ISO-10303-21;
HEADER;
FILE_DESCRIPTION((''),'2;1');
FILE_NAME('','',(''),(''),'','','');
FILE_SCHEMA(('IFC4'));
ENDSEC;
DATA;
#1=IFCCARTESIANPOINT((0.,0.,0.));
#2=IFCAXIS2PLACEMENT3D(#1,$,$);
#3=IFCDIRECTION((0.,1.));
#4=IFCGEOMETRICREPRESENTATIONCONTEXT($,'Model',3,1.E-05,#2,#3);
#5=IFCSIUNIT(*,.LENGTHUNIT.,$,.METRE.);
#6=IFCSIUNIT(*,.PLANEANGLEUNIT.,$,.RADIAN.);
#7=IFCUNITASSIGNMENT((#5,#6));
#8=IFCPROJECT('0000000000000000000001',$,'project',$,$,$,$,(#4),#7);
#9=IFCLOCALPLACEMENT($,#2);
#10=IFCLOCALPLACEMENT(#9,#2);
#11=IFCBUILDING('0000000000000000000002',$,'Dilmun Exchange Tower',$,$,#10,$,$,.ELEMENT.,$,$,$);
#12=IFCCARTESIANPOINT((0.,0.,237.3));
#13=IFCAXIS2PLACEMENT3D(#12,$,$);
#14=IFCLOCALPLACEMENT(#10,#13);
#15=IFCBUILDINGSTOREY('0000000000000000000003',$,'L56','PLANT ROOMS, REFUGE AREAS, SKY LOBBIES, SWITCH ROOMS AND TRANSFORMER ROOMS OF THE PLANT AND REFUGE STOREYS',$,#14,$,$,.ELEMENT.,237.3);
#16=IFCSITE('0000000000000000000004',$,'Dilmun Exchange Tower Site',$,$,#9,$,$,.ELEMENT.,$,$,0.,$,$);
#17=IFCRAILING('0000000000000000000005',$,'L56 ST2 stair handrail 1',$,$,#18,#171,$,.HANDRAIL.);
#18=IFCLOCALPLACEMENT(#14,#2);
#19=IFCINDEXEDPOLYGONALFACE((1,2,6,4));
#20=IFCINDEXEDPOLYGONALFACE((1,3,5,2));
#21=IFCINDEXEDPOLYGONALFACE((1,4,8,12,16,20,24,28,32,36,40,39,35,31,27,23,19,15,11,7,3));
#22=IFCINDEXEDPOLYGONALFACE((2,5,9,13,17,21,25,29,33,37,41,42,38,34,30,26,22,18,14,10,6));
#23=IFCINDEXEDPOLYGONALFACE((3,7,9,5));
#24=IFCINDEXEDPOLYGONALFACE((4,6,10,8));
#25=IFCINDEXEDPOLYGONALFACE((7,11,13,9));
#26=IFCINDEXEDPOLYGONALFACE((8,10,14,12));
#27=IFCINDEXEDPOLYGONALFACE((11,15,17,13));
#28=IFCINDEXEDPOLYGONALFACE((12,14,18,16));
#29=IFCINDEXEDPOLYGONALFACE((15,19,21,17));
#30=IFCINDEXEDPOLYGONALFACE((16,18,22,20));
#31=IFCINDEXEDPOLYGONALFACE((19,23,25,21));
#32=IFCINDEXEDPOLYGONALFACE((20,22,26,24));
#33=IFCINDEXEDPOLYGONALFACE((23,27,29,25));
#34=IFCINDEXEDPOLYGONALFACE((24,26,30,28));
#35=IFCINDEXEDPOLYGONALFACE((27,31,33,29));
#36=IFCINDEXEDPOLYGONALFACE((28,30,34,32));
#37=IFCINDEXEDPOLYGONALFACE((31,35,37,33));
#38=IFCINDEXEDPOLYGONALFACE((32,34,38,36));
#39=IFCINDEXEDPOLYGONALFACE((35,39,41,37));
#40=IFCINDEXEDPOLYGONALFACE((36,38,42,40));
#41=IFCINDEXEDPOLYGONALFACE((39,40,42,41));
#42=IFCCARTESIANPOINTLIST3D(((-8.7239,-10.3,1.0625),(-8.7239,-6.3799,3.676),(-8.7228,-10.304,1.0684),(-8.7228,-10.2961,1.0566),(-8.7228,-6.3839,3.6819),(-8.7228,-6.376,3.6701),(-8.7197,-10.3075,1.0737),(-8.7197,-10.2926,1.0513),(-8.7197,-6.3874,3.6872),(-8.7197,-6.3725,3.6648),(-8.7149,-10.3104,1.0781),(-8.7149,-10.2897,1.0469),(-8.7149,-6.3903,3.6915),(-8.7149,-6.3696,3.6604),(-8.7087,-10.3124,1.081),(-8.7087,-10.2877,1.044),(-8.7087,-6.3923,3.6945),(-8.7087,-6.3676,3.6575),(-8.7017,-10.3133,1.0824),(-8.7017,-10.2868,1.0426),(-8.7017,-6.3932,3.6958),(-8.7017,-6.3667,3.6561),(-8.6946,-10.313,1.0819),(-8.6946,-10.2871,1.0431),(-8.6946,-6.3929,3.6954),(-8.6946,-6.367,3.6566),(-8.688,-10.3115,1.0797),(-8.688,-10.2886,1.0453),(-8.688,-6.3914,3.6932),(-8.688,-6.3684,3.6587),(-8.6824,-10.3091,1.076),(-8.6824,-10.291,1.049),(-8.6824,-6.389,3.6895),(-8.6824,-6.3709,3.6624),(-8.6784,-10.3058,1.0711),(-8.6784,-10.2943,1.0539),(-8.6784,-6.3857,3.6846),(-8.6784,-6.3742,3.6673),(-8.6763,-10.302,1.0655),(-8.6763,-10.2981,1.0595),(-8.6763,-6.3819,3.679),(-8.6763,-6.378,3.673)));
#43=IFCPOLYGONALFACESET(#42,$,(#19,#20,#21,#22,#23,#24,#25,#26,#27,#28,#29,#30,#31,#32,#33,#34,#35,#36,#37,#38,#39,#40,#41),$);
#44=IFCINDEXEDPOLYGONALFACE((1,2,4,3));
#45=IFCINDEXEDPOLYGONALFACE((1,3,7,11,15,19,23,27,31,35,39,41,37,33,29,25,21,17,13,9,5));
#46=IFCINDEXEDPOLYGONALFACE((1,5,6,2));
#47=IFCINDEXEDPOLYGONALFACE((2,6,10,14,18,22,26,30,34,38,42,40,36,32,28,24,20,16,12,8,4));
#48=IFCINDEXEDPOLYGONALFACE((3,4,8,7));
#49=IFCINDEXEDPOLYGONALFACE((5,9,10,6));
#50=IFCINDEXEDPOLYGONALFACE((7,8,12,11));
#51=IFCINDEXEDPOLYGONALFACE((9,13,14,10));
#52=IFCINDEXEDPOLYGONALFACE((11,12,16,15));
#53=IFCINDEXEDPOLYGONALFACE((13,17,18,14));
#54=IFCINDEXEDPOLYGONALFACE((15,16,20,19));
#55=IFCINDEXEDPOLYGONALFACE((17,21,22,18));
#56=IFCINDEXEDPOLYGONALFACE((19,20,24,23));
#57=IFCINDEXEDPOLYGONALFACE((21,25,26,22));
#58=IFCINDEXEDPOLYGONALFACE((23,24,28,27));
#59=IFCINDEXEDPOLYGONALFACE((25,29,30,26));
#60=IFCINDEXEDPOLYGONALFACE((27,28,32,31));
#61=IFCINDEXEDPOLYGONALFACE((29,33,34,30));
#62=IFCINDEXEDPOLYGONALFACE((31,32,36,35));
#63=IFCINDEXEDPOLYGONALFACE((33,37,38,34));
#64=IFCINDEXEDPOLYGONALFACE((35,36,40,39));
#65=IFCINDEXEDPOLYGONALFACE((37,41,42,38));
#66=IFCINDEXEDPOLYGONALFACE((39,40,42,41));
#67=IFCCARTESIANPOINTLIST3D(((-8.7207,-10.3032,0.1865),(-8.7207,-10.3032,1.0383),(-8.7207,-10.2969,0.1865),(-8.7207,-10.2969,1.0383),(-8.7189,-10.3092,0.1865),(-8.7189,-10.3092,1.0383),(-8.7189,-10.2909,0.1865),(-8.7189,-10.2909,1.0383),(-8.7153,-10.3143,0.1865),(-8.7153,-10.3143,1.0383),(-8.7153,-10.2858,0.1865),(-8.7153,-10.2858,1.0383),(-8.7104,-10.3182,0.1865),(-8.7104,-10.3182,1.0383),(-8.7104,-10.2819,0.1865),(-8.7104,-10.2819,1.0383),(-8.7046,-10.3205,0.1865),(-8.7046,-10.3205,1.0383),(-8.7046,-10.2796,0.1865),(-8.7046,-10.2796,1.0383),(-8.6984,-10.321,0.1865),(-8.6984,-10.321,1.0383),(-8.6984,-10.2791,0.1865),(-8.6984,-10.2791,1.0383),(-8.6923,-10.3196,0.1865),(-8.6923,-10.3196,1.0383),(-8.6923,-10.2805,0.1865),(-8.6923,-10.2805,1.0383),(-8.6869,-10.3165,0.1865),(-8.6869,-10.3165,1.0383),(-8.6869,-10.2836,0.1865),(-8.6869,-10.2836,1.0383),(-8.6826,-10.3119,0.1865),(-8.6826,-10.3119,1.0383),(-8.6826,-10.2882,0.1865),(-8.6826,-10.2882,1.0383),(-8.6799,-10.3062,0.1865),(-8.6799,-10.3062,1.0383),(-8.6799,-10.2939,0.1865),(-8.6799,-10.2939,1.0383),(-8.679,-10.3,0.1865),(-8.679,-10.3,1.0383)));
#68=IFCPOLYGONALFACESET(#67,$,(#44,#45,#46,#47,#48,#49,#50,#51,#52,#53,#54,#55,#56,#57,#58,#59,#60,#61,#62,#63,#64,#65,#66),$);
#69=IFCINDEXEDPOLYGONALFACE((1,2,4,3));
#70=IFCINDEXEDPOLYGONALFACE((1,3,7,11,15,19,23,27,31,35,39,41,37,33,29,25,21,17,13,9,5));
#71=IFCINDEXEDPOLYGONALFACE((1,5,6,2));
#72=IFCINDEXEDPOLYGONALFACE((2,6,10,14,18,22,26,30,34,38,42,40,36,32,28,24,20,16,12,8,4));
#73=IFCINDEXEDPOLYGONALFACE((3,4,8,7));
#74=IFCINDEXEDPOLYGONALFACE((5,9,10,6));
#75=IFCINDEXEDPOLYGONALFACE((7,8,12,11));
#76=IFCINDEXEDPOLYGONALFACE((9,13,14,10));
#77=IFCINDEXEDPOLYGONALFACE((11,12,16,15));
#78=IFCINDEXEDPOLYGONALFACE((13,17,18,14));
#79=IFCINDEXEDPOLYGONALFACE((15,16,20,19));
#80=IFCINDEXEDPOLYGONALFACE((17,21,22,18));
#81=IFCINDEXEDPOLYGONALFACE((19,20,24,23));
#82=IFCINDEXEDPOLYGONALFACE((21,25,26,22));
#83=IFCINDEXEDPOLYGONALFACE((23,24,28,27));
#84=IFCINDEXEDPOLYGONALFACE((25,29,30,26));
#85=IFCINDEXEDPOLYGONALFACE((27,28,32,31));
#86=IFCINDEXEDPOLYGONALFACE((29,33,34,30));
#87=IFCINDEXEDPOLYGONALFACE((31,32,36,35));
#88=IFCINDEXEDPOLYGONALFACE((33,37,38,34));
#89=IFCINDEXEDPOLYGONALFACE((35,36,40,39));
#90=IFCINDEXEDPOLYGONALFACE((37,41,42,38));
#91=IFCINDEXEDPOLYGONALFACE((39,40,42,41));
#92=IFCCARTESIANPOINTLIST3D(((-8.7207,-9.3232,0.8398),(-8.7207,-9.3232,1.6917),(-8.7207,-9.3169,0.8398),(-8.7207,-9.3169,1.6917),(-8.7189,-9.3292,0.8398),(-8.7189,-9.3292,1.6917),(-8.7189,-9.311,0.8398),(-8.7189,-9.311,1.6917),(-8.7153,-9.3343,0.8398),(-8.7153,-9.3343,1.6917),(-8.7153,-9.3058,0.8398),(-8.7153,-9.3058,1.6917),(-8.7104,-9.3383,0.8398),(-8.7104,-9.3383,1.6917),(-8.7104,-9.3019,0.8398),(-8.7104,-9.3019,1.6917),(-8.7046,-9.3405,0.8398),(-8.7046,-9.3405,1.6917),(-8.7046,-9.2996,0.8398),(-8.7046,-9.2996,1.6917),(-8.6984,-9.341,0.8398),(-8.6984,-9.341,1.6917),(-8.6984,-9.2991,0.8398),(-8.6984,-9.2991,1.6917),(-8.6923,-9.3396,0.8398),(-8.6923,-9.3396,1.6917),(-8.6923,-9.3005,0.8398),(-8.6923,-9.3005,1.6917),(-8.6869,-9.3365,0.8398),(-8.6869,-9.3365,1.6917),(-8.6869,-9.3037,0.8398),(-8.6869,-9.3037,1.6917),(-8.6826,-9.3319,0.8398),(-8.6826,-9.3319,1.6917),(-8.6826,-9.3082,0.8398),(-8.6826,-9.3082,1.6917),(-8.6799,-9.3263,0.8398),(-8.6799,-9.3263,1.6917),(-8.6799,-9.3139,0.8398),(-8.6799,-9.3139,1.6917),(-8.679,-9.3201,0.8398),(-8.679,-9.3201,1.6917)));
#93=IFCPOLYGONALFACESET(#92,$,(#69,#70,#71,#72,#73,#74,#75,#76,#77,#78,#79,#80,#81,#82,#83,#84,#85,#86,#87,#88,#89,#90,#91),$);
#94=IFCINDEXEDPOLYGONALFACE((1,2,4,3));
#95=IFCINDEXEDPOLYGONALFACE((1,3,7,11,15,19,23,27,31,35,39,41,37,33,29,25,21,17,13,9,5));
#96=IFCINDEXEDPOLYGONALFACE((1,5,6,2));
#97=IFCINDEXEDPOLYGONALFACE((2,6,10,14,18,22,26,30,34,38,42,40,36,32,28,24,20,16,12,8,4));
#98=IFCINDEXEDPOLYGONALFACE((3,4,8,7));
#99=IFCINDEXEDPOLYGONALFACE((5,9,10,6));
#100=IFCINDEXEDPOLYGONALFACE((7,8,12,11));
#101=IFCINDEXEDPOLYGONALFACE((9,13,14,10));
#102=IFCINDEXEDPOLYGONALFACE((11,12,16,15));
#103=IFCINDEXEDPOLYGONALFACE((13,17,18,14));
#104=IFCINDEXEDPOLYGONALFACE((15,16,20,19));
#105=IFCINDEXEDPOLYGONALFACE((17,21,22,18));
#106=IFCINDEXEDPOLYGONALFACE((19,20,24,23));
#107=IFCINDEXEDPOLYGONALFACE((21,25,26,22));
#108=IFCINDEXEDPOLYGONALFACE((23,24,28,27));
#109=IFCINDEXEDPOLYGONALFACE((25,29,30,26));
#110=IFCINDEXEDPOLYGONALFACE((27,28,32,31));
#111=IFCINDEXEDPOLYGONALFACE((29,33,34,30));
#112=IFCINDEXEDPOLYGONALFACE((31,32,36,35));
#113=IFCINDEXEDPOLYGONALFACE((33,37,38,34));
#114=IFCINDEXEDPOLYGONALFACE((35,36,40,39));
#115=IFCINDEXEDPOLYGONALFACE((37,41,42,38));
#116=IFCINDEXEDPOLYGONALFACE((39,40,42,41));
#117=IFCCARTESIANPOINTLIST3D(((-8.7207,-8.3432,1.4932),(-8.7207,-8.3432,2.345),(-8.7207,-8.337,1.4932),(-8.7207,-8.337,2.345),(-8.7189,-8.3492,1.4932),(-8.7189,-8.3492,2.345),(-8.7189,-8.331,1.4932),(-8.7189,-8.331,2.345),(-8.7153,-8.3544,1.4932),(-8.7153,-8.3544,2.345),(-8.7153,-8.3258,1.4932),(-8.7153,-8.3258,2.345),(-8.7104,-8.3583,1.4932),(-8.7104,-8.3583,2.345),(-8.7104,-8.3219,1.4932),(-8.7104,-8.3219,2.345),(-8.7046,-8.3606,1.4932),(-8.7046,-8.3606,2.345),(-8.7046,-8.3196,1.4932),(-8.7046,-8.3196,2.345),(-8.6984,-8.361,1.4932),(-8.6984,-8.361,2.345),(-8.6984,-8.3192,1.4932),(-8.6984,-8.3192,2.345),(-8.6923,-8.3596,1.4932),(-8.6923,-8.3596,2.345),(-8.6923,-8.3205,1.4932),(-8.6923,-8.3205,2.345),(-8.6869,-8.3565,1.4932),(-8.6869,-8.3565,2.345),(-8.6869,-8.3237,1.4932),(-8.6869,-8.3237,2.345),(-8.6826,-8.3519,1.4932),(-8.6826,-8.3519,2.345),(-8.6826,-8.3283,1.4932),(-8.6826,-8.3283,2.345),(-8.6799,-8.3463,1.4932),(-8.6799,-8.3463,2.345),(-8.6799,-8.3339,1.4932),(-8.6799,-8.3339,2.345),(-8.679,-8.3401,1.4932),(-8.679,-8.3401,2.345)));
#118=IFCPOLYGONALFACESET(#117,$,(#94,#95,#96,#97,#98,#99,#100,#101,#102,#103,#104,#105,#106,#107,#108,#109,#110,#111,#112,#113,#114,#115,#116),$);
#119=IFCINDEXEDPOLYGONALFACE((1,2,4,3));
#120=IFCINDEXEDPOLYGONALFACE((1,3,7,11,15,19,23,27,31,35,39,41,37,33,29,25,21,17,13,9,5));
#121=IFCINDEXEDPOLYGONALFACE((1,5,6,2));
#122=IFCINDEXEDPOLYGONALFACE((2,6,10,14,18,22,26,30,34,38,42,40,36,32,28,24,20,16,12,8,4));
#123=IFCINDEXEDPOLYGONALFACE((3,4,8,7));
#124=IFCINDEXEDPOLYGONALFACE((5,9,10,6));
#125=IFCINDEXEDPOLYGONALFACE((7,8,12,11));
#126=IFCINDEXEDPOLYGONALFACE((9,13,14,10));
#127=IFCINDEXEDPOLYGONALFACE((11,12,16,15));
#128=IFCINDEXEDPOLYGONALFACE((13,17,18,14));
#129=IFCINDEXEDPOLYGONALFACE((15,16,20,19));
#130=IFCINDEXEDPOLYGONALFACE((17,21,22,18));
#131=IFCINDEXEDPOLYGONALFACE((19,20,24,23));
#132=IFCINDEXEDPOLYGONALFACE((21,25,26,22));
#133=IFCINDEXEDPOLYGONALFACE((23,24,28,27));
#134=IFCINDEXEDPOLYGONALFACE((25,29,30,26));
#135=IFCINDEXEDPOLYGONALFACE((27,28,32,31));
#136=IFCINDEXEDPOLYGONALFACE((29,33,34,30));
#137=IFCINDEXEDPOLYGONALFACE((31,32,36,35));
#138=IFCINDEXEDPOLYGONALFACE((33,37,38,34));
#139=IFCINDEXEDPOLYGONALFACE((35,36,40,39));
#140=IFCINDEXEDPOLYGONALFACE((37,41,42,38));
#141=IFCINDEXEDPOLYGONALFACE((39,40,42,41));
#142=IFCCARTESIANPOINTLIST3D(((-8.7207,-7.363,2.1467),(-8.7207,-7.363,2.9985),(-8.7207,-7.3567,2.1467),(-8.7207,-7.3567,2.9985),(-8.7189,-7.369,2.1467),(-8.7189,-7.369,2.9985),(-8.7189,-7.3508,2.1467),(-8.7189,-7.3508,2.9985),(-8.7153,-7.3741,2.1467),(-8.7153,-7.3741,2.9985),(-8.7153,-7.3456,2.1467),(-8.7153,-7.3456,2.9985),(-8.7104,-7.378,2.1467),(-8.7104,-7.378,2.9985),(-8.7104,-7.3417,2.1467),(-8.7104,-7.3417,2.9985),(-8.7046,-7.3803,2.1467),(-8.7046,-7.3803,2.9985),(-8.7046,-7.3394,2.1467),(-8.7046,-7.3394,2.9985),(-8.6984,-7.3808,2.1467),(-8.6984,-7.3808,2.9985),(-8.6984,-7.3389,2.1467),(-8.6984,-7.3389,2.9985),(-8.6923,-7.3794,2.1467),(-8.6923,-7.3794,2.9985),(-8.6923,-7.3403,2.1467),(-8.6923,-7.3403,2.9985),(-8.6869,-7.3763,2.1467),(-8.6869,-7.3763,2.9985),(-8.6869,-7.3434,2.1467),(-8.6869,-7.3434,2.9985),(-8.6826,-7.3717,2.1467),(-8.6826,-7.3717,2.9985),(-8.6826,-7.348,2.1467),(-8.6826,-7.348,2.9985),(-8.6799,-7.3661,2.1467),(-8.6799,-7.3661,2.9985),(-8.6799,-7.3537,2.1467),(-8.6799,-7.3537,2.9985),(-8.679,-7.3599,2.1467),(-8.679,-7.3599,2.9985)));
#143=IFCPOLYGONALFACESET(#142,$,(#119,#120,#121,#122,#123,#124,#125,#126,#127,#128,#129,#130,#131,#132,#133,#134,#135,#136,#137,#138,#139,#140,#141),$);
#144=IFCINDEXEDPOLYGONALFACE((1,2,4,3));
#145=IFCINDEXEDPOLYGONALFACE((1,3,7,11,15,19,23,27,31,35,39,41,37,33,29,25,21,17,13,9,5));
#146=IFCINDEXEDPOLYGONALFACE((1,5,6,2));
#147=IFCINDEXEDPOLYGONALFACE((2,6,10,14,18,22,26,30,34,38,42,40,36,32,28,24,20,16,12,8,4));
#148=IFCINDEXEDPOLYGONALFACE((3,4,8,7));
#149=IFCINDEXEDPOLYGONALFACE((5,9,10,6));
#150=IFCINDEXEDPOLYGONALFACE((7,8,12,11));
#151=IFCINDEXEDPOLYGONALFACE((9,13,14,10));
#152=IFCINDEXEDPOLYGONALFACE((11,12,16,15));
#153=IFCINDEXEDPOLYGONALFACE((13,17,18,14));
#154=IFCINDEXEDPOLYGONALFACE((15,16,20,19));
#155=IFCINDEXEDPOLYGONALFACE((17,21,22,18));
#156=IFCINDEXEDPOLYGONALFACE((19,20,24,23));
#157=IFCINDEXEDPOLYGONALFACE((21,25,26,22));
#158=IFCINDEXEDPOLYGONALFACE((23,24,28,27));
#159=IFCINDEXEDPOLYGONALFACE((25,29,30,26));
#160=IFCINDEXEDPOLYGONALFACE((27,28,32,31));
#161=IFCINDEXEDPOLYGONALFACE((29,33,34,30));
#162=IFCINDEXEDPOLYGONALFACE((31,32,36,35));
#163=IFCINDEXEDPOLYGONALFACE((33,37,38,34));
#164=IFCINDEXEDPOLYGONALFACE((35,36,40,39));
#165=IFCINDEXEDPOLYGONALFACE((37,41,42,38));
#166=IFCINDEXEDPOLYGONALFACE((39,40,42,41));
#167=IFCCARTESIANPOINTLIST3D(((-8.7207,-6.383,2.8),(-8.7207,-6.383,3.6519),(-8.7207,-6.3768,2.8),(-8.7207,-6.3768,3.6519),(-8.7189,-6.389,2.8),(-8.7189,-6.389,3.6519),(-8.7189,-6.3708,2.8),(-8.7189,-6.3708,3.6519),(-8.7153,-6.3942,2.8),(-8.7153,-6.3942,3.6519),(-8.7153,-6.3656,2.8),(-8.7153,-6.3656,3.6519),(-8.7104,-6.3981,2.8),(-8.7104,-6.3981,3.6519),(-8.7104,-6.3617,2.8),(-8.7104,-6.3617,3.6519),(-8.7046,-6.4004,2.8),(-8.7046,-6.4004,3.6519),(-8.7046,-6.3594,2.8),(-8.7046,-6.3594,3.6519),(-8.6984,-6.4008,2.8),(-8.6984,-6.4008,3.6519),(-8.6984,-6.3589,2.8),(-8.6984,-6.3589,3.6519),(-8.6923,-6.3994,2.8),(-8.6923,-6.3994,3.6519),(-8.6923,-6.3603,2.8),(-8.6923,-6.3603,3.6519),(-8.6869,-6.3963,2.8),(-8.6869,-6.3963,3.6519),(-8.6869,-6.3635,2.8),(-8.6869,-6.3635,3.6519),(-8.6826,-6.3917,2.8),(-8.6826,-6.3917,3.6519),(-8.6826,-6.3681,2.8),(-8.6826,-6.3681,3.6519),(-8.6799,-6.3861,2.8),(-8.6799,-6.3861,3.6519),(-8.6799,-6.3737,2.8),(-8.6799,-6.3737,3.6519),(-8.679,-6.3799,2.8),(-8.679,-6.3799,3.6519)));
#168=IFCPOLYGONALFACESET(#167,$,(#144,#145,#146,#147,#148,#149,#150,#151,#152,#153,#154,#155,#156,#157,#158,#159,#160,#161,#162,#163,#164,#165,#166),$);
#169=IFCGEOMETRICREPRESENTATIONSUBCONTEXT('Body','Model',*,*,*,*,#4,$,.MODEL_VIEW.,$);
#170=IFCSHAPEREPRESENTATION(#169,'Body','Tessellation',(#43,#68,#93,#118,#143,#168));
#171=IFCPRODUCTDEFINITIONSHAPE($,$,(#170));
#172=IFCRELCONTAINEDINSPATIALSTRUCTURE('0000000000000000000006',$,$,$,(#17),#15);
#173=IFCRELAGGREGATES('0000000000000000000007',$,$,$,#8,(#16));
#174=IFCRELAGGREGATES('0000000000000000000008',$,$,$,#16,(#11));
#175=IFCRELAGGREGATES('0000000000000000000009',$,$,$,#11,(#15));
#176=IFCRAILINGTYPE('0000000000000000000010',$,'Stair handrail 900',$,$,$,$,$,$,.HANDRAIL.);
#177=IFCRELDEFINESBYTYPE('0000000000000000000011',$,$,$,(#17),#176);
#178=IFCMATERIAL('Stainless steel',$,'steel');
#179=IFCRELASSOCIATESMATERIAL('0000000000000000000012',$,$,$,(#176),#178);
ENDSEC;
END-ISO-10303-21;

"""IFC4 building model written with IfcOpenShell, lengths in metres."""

from ifc_helpers import new_model, si_unit, direction, frame, origin, origin_2d, place, context, subcontext, project, spatial, circle, extrude, material, type_object, element, save


model = new_model("IFC4")

# Units and contexts
model_context = context("Model", 3, precision=1e-05, world=origin(), true_north=direction((0.0, 1.0)))
body_context = subcontext(model_context, "Body", "Model", "MODEL_VIEW")
ifc_project = project(units=[si_unit("LENGTHUNIT", "METRE"), si_unit("PLANEANGLEUNIT", "RADIAN")], contexts=[model_context])

# Site, building, storey
site_placement = place(None, origin())
site = spatial("IfcSite", under=ifc_project, at=site_placement, Name="Dilmun Exchange Tower Site", CompositionType="ELEMENT", RefElevation=0.0)
building_placement = place(site_placement, origin())
building = spatial("IfcBuilding", under=site, at=building_placement, Name="Dilmun Exchange Tower", CompositionType="ELEMENT")
storey_placement = place(building_placement, frame((0.0, 0.0, 237.3)))
storey = spatial("IfcBuildingStorey", under=building, at=storey_placement, Name="L56", Description="PLANT ROOMS, REFUGE AREAS, SKY LOBBIES, SWITCH ROOMS AND TRANSFORMER ROOMS OF THE PLANT AND REFUGE STOREYS", CompositionType="ELEMENT", Elevation=237.3)

# Railing
ifc_material_1 = material(Name="Stainless steel", Category="steel")
railing_type = type_object("IfcRailingType", Name="Stair handrail 900", PredefinedType="HANDRAIL", material=ifc_material_1)
railing_placement = place(storey_placement, frame((-8.7, -10.3, 0.1865)))
element("IfcRailing", 1, at=railing_placement, inside=storey, type_object=railing_type, Name="L56 ST2 stair handrail 1", PredefinedType="HANDRAIL", context=body_context, shape_type="SweptSolid", body=[
    extrude(circle(Radius=0.0239, at=origin_2d()), frame((0.0, 0.0, 0.876), z_axis=(0.0, 0.832042, 0.554712), x_axis=(-1.0, 0.0, 0.0)), (0.0, 0.0, 1.0), 4.7114),
    extrude(circle(Radius=0.021, at=origin_2d()), origin(), (0.0, 0.0, 1.0), 0.8518),
    extrude(circle(Radius=0.021, at=origin_2d()), frame((0.0, 0.98, 0.6533)), (0.0, 0.0, 1.0), 0.8518),
    extrude(circle(Radius=0.021, at=origin_2d()), frame((0.0, 1.96, 1.3066)), (0.0, 0.0, 1.0), 0.8518),
    extrude(circle(Radius=0.021, at=origin_2d()), frame((0.0, 2.9402, 1.9602)), (0.0, 0.0, 1.0), 0.8518),
    extrude(circle(Radius=0.021, at=origin_2d()), frame((0.0, 3.9202, 2.6135)), (0.0, 0.0, 1.0), 0.8518),
])

save(model, "model.ifc")
